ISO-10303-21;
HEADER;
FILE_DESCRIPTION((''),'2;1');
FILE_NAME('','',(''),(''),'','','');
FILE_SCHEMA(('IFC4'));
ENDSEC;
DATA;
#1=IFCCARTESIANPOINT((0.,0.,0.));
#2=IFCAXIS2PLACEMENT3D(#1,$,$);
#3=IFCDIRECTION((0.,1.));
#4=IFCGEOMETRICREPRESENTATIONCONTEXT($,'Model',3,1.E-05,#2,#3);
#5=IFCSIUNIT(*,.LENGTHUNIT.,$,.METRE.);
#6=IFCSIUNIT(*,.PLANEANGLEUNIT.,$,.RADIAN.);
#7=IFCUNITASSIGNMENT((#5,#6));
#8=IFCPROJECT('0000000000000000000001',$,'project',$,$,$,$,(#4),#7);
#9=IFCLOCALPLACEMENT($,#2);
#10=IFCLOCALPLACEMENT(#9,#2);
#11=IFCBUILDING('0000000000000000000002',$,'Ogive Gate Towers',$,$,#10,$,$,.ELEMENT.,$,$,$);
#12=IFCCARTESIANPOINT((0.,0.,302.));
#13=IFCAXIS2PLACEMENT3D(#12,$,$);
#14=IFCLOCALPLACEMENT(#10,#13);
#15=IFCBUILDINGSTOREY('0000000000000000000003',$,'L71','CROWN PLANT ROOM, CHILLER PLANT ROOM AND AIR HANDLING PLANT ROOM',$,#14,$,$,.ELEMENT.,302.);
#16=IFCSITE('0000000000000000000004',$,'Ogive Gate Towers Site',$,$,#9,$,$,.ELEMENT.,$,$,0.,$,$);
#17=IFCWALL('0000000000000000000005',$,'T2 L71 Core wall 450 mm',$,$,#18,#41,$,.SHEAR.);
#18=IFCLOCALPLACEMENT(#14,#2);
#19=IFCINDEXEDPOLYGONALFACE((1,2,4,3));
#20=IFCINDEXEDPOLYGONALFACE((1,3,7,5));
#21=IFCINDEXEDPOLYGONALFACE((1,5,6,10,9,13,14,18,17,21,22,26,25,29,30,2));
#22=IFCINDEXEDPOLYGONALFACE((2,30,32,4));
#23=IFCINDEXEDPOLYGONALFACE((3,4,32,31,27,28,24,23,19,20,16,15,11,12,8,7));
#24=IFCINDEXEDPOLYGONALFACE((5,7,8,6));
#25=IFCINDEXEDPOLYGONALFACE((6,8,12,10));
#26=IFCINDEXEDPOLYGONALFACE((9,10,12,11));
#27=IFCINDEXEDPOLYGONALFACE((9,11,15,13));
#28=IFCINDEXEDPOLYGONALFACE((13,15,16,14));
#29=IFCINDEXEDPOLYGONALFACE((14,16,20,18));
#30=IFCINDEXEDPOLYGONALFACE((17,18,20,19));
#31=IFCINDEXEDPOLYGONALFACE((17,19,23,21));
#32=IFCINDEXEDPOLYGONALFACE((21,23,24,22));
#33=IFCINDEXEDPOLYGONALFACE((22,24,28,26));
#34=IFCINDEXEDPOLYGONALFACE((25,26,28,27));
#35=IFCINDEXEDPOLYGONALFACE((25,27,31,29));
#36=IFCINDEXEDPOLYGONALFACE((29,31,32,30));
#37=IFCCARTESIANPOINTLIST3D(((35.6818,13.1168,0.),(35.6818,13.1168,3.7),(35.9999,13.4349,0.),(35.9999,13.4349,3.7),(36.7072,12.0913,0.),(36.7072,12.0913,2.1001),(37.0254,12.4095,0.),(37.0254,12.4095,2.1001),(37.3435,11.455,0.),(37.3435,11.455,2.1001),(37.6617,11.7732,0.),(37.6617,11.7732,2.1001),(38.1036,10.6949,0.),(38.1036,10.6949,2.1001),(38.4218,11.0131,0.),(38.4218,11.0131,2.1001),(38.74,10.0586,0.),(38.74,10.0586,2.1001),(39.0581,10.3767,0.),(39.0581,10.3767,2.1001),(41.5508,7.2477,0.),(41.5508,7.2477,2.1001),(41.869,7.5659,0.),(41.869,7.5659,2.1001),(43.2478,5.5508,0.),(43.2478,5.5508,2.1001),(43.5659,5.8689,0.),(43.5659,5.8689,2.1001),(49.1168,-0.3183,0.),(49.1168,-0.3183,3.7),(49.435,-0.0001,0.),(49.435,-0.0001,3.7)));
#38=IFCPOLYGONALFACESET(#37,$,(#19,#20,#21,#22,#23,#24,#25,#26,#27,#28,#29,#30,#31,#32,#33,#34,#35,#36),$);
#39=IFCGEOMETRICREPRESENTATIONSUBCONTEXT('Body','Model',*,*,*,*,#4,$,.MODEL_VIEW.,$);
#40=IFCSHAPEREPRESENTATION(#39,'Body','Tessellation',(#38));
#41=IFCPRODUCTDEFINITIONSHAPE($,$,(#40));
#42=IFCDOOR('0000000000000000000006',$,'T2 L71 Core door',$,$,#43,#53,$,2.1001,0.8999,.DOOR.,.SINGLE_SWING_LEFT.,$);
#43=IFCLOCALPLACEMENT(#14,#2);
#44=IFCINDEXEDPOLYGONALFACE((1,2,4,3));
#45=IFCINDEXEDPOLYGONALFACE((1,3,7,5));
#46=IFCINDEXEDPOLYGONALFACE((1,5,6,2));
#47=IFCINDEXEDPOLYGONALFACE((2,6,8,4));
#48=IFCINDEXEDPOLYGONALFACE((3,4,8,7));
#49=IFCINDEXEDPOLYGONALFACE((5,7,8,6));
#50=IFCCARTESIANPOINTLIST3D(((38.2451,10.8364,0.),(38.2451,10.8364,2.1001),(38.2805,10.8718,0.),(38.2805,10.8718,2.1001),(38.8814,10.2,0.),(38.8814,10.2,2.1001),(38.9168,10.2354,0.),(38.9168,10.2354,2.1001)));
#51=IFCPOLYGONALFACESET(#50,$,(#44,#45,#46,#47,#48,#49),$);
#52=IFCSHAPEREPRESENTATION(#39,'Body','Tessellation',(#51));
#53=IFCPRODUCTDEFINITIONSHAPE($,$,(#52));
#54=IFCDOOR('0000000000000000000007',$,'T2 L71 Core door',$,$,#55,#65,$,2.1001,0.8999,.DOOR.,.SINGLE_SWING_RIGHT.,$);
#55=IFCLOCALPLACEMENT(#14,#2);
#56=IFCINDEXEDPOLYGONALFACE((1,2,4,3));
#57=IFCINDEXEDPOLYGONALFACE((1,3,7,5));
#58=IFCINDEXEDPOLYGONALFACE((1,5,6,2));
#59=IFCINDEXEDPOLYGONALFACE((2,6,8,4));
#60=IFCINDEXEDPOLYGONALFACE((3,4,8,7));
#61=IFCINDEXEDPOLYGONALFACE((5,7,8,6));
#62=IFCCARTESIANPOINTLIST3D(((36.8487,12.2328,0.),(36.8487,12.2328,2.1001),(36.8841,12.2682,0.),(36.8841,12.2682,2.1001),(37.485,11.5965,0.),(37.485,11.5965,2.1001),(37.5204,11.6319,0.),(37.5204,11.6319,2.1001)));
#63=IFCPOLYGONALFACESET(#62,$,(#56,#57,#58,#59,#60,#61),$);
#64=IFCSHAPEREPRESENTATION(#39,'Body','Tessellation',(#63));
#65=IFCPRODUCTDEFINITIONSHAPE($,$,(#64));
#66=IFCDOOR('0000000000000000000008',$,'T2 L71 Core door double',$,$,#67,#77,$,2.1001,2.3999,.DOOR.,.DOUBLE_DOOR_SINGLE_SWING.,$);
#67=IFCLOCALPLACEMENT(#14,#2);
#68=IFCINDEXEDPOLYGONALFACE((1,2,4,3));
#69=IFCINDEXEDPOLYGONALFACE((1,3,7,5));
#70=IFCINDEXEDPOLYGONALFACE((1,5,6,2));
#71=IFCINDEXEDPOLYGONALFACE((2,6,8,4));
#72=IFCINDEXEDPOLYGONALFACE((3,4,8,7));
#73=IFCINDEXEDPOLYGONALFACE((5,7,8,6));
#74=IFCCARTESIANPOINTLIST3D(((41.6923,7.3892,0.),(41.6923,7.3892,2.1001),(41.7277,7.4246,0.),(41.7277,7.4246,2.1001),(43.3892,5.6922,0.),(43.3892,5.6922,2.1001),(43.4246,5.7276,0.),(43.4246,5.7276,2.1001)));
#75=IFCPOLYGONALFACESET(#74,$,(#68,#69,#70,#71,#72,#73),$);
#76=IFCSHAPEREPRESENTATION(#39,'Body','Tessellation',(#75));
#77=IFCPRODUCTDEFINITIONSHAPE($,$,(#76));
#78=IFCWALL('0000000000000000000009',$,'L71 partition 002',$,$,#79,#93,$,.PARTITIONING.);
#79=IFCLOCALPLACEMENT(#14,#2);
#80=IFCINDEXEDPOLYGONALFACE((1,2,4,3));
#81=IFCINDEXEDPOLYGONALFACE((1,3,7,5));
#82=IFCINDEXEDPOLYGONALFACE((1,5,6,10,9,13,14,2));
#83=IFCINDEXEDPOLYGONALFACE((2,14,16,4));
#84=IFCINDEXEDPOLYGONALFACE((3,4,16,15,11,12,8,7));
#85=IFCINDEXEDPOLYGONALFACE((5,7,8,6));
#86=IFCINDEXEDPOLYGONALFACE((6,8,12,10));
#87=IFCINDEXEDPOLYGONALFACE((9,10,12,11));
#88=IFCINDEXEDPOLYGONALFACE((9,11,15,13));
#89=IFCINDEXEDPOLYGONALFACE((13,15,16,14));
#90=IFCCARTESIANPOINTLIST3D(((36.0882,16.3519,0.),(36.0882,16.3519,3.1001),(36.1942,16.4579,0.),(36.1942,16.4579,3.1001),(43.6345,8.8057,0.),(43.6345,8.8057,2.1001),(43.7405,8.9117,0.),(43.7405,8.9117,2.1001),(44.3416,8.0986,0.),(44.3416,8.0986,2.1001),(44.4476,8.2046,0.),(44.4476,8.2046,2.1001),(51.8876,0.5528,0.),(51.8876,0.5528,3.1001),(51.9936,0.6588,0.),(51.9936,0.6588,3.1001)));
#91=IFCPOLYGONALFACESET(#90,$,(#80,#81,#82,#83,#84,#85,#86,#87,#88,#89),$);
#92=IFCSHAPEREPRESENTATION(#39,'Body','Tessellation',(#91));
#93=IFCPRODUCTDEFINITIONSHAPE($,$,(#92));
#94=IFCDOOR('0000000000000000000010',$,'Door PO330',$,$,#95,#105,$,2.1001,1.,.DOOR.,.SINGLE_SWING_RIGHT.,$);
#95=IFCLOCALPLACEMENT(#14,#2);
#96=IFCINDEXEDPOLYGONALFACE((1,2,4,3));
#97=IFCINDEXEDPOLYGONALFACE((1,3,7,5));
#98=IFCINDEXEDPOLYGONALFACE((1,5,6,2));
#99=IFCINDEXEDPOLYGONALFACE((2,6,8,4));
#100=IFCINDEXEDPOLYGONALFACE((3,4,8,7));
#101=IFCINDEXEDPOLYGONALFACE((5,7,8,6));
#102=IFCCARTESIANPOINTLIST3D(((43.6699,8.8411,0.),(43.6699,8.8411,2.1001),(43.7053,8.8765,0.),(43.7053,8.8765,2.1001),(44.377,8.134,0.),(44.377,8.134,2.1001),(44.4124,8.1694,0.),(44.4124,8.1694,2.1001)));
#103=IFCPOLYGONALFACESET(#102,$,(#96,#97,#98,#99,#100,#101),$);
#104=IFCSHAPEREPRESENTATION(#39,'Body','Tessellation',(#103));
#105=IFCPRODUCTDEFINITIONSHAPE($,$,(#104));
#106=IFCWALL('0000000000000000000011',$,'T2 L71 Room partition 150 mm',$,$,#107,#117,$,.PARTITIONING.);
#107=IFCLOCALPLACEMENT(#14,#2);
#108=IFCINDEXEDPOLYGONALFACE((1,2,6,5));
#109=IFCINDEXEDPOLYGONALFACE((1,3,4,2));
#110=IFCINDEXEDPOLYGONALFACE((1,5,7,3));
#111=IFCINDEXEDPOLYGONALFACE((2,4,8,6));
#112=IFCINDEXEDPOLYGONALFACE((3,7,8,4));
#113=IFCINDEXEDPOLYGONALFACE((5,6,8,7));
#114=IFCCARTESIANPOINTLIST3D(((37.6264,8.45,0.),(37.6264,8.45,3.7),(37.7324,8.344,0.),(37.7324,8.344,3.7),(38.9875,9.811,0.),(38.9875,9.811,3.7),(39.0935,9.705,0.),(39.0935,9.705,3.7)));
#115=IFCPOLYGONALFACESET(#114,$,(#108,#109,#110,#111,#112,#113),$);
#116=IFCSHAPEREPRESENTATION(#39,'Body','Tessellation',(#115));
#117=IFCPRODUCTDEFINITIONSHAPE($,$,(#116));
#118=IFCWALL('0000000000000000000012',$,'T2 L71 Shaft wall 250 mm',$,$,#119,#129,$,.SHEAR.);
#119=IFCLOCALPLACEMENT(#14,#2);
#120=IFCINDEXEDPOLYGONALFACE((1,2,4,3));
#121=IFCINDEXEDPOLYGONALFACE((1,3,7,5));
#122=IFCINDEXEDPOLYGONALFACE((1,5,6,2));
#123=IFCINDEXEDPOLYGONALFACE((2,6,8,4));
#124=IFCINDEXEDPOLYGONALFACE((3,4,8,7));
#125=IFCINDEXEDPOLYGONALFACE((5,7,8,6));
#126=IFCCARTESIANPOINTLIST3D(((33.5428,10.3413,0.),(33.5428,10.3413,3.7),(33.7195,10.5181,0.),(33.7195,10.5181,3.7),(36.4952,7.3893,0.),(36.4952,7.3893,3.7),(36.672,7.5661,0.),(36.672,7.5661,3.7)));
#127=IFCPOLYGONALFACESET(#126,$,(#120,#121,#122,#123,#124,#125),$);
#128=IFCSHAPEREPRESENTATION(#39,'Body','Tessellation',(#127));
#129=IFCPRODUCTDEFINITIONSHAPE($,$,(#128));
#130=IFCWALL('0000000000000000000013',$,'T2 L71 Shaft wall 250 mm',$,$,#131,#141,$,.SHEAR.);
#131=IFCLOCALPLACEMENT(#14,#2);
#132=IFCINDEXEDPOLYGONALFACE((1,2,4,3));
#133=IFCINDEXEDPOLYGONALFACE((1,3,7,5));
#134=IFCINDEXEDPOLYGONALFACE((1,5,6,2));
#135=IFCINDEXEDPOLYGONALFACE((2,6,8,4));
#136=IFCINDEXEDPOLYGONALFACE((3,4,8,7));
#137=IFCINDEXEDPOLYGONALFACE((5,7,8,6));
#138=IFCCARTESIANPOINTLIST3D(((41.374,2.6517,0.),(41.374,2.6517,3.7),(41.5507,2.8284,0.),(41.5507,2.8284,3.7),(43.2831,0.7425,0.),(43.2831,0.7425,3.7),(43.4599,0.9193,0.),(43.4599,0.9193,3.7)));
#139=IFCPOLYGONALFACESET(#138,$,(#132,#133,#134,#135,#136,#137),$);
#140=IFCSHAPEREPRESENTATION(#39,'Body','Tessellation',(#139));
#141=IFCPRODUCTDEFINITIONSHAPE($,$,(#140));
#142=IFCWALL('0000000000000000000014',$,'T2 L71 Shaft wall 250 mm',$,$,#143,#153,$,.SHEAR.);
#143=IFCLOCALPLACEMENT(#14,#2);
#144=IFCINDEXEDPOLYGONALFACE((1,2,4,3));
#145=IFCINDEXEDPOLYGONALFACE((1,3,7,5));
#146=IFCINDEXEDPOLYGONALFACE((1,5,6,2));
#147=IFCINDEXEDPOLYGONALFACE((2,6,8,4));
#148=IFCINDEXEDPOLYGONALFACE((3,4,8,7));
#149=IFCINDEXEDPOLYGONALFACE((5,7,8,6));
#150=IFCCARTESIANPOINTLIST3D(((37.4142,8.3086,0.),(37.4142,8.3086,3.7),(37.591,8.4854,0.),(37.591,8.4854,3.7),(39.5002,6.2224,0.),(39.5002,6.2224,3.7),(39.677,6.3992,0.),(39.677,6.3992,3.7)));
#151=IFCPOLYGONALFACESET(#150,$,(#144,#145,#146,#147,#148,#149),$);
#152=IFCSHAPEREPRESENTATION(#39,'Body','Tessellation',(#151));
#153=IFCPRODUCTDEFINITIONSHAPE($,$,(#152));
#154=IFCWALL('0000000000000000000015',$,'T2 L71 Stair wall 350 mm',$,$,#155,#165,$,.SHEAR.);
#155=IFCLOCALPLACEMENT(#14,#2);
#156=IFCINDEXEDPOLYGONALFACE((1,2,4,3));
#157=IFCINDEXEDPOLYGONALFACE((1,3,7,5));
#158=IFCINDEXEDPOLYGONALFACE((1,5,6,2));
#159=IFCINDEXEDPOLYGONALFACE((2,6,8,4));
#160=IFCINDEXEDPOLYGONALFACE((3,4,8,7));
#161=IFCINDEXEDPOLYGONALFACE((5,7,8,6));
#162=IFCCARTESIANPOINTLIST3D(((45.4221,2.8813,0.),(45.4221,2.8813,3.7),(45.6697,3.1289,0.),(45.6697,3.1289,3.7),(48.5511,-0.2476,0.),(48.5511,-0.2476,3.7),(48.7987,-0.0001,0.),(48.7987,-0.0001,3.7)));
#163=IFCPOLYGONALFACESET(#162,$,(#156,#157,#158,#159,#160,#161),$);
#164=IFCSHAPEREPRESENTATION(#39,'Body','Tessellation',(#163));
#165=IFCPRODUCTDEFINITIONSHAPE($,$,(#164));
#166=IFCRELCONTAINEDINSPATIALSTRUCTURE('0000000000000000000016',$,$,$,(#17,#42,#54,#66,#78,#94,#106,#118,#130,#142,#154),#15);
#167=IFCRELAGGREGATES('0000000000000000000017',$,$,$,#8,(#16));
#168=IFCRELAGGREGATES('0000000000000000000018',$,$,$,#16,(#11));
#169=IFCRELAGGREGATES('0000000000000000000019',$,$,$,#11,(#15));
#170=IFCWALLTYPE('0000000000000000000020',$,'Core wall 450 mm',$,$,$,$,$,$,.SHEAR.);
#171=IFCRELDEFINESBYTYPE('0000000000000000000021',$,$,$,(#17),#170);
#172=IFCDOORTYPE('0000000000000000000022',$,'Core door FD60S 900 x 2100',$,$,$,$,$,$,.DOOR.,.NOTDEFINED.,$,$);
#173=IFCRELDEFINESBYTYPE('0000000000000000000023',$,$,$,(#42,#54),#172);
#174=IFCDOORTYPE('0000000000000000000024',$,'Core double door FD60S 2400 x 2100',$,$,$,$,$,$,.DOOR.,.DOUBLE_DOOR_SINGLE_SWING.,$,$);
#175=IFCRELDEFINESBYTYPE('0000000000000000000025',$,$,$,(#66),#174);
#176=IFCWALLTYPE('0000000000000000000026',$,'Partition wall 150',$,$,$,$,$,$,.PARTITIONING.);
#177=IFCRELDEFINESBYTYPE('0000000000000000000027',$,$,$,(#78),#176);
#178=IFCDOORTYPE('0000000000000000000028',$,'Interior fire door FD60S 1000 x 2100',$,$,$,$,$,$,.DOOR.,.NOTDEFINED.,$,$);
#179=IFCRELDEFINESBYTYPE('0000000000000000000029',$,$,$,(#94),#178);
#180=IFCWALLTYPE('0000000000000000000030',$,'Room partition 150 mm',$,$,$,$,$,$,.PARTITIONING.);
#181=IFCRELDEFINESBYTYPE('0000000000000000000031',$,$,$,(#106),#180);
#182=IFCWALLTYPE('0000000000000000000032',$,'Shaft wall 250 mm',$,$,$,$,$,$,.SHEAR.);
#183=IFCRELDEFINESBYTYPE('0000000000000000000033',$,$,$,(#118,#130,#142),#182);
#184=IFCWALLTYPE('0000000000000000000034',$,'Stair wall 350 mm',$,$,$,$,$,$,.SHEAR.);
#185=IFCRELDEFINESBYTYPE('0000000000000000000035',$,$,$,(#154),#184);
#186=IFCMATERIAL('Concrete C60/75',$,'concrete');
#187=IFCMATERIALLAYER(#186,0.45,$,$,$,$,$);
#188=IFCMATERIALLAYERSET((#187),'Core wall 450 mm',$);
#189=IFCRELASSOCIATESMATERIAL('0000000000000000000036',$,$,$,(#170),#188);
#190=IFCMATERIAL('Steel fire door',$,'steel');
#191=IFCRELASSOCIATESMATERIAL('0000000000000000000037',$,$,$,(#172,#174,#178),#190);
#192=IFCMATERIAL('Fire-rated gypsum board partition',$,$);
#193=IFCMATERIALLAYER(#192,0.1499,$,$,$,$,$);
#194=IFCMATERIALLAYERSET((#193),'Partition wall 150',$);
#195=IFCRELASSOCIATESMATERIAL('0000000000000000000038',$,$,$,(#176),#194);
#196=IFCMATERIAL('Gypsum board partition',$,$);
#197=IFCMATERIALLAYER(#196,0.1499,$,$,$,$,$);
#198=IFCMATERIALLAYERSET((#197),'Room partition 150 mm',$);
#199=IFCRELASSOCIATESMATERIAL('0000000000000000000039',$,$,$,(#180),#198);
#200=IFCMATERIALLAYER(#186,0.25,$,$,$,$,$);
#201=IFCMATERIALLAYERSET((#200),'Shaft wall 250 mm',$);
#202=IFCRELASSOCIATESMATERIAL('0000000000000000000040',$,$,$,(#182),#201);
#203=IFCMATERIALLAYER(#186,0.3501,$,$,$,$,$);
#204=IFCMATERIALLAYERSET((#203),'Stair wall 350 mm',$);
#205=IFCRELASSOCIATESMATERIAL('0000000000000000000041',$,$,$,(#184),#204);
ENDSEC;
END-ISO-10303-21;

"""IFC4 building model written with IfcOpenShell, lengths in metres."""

from ifc_helpers import new_model, si_unit, direction, frame, frame_2d, origin, place, context, subcontext, project, spatial, rectangle, extrude, material, layer, layer_set, type_object, element, fill, save


model = new_model("IFC4")

# Units and contexts
model_context = context("Model", 3, precision=1e-05, world=origin(), true_north=direction((0.0, 1.0)))
body_context = subcontext(model_context, "Body", "Model", "MODEL_VIEW")
ifc_project = project(units=[si_unit("LENGTHUNIT", "METRE"), si_unit("PLANEANGLEUNIT", "RADIAN")], contexts=[model_context])

# Site, building, storey
site_placement = place(None, origin())
site = spatial("IfcSite", under=ifc_project, at=site_placement, Name="Ogive Gate Towers Site", CompositionType="ELEMENT", RefElevation=0.0)
building_placement = place(site_placement, origin())
building = spatial("IfcBuilding", under=site, at=building_placement, Name="Ogive Gate Towers", CompositionType="ELEMENT")
storey_placement = place(building_placement, frame((0.0, 0.0, 302.0)))
storey = spatial("IfcBuildingStorey", under=building, at=storey_placement, Name="L71", Description="CROWN PLANT ROOM, CHILLER PLANT ROOM AND AIR HANDLING PLANT ROOM", CompositionType="ELEMENT", Elevation=302.0)

# Wall, openings, doors
ifc_material_1 = material(Name="Concrete C60/75", Category="concrete")
ifc_layer_1 = layer(ifc_material_1, 0.45)
ifc_layer_set_1 = layer_set([ifc_layer_1], Name="Core wall 450 mm")
wall_type_1 = type_object("IfcWallType", Name="Core wall 450 mm", PredefinedType="SHEAR", material=ifc_layer_set_1)
wall_1_placement = place(storey_placement, frame((49.2759, -0.1592, 0.0), z_axis=(0.0, 0.0, 1.0), x_axis=(-0.707107, 0.707107, 0.0)))
wall_1 = element("IfcWall", 1, at=wall_1_placement, inside=storey, type_object=wall_type_1, Name="T2 L71 Core wall 450 mm", PredefinedType="SHEAR", context=body_context, shape_type="SweptSolid", body=[
    extrude(rectangle(XDim=19.0, YDim=0.45, at=frame_2d((9.5, 0.0))), origin(), (0.0, 0.0, 1.0), 3.7),
])
opening_1_placement = place(wall_1_placement, frame((8.3, 0.0, 0.0)))
opening_1 = element("IfcOpeningElement", 2, at=opening_1_placement, cuts=wall_1, PredefinedType="OPENING", context=body_context, shape_type="SweptSolid", body=[
    extrude(rectangle(XDim=2.3999, YDim=2.1001, at=frame_2d((1.2, 1.05))), frame((0.0, 0.2349, 0.0), z_axis=(0.0, -1.0, 0.0), x_axis=(1.0, 0.0, 0.0)), (0.0, 0.0, 1.0), 0.47),
])
opening_2_placement = place(wall_1_placement, frame((14.675, 0.0, 0.0)))
opening_2 = element("IfcOpeningElement", 3, at=opening_2_placement, cuts=wall_1, PredefinedType="OPENING", context=body_context, shape_type="SweptSolid", body=[
    extrude(rectangle(XDim=0.8999, YDim=2.1001, at=frame_2d((0.45, 1.05))), frame((0.0, 0.2349, 0.0), z_axis=(0.0, -1.0, 0.0), x_axis=(1.0, 0.0, 0.0)), (0.0, 0.0, 1.0), 0.47),
])
opening_3_placement = place(wall_1_placement, frame((16.6499, 0.0, 0.0)))
opening_3 = element("IfcOpeningElement", 4, at=opening_3_placement, cuts=wall_1, PredefinedType="OPENING", context=body_context, shape_type="SweptSolid", body=[
    extrude(rectangle(XDim=0.8999, YDim=2.1001, at=frame_2d((0.45, 1.05))), frame((0.0, 0.2349, 0.0), z_axis=(0.0, -1.0, 0.0), x_axis=(1.0, 0.0, 0.0)), (0.0, 0.0, 1.0), 0.47),
])
ifc_material_2 = material(Name="Steel fire door", Category="steel")
door_type_1 = type_object("IfcDoorType", Name="Core door FD60S 900 x 2100", OperationType="NOTDEFINED", PredefinedType="DOOR", material=ifc_material_2)
door_1_placement = place(opening_2_placement, origin())
door_1 = element("IfcDoor", 5, at=door_1_placement, inside=storey, type_object=door_type_1, Name="T2 L71 Core door", OperationType="SINGLE_SWING_LEFT", OverallHeight=2.1001, OverallWidth=0.8999, PredefinedType="DOOR", context=body_context, shape_type="SweptSolid", body=[
    extrude(rectangle(XDim=0.8999, YDim=2.1001, at=frame_2d((0.45, 1.05))), frame((0.0, 0.0249, 0.0), z_axis=(0.0, -1.0, 0.0), x_axis=(1.0, 0.0, 0.0)), (0.0, 0.0, 1.0), 0.05),
])
fill(opening_2, door_1)
door_2_placement = place(opening_3_placement, origin())
door_2 = element("IfcDoor", 6, at=door_2_placement, inside=storey, type_object=door_type_1, Name="T2 L71 Core door", OperationType="SINGLE_SWING_RIGHT", OverallHeight=2.1001, OverallWidth=0.8999, PredefinedType="DOOR", context=body_context, shape_type="SweptSolid", body=[
    extrude(rectangle(XDim=0.8999, YDim=2.1001, at=frame_2d((0.45, 1.05))), frame((0.0, 0.0249, 0.0), z_axis=(0.0, -1.0, 0.0), x_axis=(1.0, 0.0, 0.0)), (0.0, 0.0, 1.0), 0.05),
])
fill(opening_3, door_2)
door_type_2 = type_object("IfcDoorType", Name="Core double door FD60S 2400 x 2100", OperationType="DOUBLE_DOOR_SINGLE_SWING", PredefinedType="DOOR", material=ifc_material_2)
door_3_placement = place(opening_1_placement, origin())
door_3 = element("IfcDoor", 7, at=door_3_placement, inside=storey, type_object=door_type_2, Name="T2 L71 Core door double", OperationType="DOUBLE_DOOR_SINGLE_SWING", OverallHeight=2.1001, OverallWidth=2.3999, PredefinedType="DOOR", context=body_context, shape_type="SweptSolid", body=[
    extrude(rectangle(XDim=2.3999, YDim=2.1001, at=frame_2d((1.2, 1.05))), frame((0.0, 0.0249, 0.0), z_axis=(0.0, -1.0, 0.0), x_axis=(1.0, 0.0, 0.0)), (0.0, 0.0, 1.0), 0.05),
])
fill(opening_1, door_3)

# Wall, opening, door
ifc_material_3 = material(Name="Fire-rated gypsum board partition")
ifc_layer_2 = layer(ifc_material_3, 0.1499)
ifc_layer_set_2 = layer_set([ifc_layer_2], Name="Partition wall 150")
wall_type_2 = type_object("IfcWallType", Name="Partition wall 150", PredefinedType="PARTITIONING", material=ifc_layer_set_2)
wall_2_placement = place(storey_placement, frame((51.9407, 0.6057, 0.0), z_axis=(0.0, 0.0, 1.0), x_axis=(-0.707112, 0.707101, 0.0)))
wall_2 = element("IfcWall", 8, at=wall_2_placement, inside=storey, type_object=wall_type_2, Name="L71 partition 002", PredefinedType="PARTITIONING", context=body_context, shape_type="SweptSolid", body=[
    extrude(rectangle(XDim=22.3435, YDim=0.1499, at=frame_2d((11.1719, 0.0))), origin(), (0.0, 0.0, 1.0), 3.1001),
])
opening_4_placement = place(wall_2_placement, frame((10.6716, 0.0, 0.0)))
opening_4 = element("IfcOpeningElement", 9, at=opening_4_placement, cuts=wall_2, PredefinedType="OPENING", context=body_context, shape_type="SweptSolid", body=[
    extrude(rectangle(XDim=1.0, YDim=2.1001, at=frame_2d((0.5, 1.05))), frame((0.0, 0.085, 0.0), z_axis=(0.0, -1.0, 0.0), x_axis=(1.0, 0.0, 0.0)), (0.0, 0.0, 1.0), 0.1699),
])
door_type_3 = type_object("IfcDoorType", Name="Interior fire door FD60S 1000 x 2100", OperationType="NOTDEFINED", PredefinedType="DOOR", material=ifc_material_2)
door_4_placement = place(opening_4_placement, origin())
door_4 = element("IfcDoor", 10, at=door_4_placement, inside=storey, type_object=door_type_3, Name="Door PO330", OperationType="SINGLE_SWING_RIGHT", OverallHeight=2.1001, OverallWidth=1.0, PredefinedType="DOOR", context=body_context, shape_type="SweptSolid", body=[
    extrude(rectangle(XDim=1.0, YDim=2.1001, at=frame_2d((0.5, 1.05))), frame((0.0, 0.0249, 0.0), z_axis=(0.0, -1.0, 0.0), x_axis=(1.0, 0.0, 0.0)), (0.0, 0.0, 1.0), 0.05),
])
fill(opening_4, door_4)

# Walls
ifc_material_4 = material(Name="Gypsum board partition")
ifc_layer_3 = layer(ifc_material_4, 0.1499)
ifc_layer_set_3 = layer_set([ifc_layer_3], Name="Room partition 150 mm")
wall_type_3 = type_object("IfcWallType", Name="Room partition 150 mm", PredefinedType="PARTITIONING", material=ifc_layer_set_3)
wall_3_placement = place(storey_placement, frame((37.6794, 8.397, 0.0), z_axis=(0.0, 0.0, 1.0), x_axis=(0.707107, 0.707107, 0.0)))
element("IfcWall", 11, at=wall_3_placement, inside=storey, type_object=wall_type_3, Name="T2 L71 Room partition 150 mm", PredefinedType="PARTITIONING", context=body_context, shape_type="SweptSolid", body=[
    extrude(rectangle(XDim=1.9248, YDim=0.1499, at=frame_2d((0.9624, 0.0))), origin(), (0.0, 0.0, 1.0), 3.7),
])
ifc_layer_4 = layer(ifc_material_1, 0.25)
ifc_layer_set_4 = layer_set([ifc_layer_4], Name="Shaft wall 250 mm")
wall_type_4 = type_object("IfcWallType", Name="Shaft wall 250 mm", PredefinedType="SHEAR", material=ifc_layer_set_4)
wall_4_placement = place(storey_placement, frame((36.5835, 7.4778, 0.0), z_axis=(0.0, 0.0, 1.0), x_axis=(-0.707165, 0.707048, 0.0)))
element("IfcWall", 12, at=wall_4_placement, inside=storey, type_object=wall_type_4, Name="T2 L71 Shaft wall 250 mm", PredefinedType="SHEAR", context=body_context, shape_type="SweptSolid", body=[
    extrude(rectangle(XDim=4.175, YDim=0.25, at=frame_2d((2.0874, 0.0))), origin(), (0.0, 0.0, 1.0), 3.7),
])
wall_5_placement = place(storey_placement, frame((43.3716, 0.8308, 0.0), z_axis=(0.0, 0.0, 1.0), x_axis=(-0.707107, 0.707107, 0.0)))
element("IfcWall", 13, at=wall_5_placement, inside=storey, type_object=wall_type_4, Name="T2 L71 Shaft wall 250 mm", PredefinedType="SHEAR", context=body_context, shape_type="SweptSolid", body=[
    extrude(rectangle(XDim=2.7, YDim=0.25, at=frame_2d((1.3501, 0.0))), origin(), (0.0, 0.0, 1.0), 3.7),
])
wall_6_placement = place(storey_placement, frame((39.5886, 6.3108, 0.0), z_axis=(0.0, 0.0, 1.0), x_axis=(-0.707065, 0.707148, 0.0)))
element("IfcWall", 14, at=wall_6_placement, inside=storey, type_object=wall_type_4, Name="T2 L71 Shaft wall 250 mm", PredefinedType="SHEAR", context=body_context, shape_type="SweptSolid", body=[
    extrude(rectangle(XDim=2.9502, YDim=0.25, at=frame_2d((1.4751, 0.0))), origin(), (0.0, 0.0, 1.0), 3.7),
])
ifc_layer_5 = layer(ifc_material_1, 0.3501)
ifc_layer_set_5 = layer_set([ifc_layer_5], Name="Stair wall 350 mm")
wall_type_5 = type_object("IfcWallType", Name="Stair wall 350 mm", PredefinedType="SHEAR", material=ifc_layer_set_5)
wall_7_placement = place(storey_placement, frame((48.6748, -0.1238, 0.0), z_axis=(0.0, 0.0, 1.0), x_axis=(-0.707107, 0.707107, 0.0)))
element("IfcWall", 15, at=wall_7_placement, inside=storey, type_object=wall_type_5, Name="T2 L71 Stair wall 350 mm", PredefinedType="SHEAR", context=body_context, shape_type="SweptSolid", body=[
    extrude(rectangle(XDim=4.425, YDim=0.3501, at=frame_2d((2.2124, 0.0))), origin(), (0.0, 0.0, 1.0), 3.7),
])

save(model, "model.ifc")
